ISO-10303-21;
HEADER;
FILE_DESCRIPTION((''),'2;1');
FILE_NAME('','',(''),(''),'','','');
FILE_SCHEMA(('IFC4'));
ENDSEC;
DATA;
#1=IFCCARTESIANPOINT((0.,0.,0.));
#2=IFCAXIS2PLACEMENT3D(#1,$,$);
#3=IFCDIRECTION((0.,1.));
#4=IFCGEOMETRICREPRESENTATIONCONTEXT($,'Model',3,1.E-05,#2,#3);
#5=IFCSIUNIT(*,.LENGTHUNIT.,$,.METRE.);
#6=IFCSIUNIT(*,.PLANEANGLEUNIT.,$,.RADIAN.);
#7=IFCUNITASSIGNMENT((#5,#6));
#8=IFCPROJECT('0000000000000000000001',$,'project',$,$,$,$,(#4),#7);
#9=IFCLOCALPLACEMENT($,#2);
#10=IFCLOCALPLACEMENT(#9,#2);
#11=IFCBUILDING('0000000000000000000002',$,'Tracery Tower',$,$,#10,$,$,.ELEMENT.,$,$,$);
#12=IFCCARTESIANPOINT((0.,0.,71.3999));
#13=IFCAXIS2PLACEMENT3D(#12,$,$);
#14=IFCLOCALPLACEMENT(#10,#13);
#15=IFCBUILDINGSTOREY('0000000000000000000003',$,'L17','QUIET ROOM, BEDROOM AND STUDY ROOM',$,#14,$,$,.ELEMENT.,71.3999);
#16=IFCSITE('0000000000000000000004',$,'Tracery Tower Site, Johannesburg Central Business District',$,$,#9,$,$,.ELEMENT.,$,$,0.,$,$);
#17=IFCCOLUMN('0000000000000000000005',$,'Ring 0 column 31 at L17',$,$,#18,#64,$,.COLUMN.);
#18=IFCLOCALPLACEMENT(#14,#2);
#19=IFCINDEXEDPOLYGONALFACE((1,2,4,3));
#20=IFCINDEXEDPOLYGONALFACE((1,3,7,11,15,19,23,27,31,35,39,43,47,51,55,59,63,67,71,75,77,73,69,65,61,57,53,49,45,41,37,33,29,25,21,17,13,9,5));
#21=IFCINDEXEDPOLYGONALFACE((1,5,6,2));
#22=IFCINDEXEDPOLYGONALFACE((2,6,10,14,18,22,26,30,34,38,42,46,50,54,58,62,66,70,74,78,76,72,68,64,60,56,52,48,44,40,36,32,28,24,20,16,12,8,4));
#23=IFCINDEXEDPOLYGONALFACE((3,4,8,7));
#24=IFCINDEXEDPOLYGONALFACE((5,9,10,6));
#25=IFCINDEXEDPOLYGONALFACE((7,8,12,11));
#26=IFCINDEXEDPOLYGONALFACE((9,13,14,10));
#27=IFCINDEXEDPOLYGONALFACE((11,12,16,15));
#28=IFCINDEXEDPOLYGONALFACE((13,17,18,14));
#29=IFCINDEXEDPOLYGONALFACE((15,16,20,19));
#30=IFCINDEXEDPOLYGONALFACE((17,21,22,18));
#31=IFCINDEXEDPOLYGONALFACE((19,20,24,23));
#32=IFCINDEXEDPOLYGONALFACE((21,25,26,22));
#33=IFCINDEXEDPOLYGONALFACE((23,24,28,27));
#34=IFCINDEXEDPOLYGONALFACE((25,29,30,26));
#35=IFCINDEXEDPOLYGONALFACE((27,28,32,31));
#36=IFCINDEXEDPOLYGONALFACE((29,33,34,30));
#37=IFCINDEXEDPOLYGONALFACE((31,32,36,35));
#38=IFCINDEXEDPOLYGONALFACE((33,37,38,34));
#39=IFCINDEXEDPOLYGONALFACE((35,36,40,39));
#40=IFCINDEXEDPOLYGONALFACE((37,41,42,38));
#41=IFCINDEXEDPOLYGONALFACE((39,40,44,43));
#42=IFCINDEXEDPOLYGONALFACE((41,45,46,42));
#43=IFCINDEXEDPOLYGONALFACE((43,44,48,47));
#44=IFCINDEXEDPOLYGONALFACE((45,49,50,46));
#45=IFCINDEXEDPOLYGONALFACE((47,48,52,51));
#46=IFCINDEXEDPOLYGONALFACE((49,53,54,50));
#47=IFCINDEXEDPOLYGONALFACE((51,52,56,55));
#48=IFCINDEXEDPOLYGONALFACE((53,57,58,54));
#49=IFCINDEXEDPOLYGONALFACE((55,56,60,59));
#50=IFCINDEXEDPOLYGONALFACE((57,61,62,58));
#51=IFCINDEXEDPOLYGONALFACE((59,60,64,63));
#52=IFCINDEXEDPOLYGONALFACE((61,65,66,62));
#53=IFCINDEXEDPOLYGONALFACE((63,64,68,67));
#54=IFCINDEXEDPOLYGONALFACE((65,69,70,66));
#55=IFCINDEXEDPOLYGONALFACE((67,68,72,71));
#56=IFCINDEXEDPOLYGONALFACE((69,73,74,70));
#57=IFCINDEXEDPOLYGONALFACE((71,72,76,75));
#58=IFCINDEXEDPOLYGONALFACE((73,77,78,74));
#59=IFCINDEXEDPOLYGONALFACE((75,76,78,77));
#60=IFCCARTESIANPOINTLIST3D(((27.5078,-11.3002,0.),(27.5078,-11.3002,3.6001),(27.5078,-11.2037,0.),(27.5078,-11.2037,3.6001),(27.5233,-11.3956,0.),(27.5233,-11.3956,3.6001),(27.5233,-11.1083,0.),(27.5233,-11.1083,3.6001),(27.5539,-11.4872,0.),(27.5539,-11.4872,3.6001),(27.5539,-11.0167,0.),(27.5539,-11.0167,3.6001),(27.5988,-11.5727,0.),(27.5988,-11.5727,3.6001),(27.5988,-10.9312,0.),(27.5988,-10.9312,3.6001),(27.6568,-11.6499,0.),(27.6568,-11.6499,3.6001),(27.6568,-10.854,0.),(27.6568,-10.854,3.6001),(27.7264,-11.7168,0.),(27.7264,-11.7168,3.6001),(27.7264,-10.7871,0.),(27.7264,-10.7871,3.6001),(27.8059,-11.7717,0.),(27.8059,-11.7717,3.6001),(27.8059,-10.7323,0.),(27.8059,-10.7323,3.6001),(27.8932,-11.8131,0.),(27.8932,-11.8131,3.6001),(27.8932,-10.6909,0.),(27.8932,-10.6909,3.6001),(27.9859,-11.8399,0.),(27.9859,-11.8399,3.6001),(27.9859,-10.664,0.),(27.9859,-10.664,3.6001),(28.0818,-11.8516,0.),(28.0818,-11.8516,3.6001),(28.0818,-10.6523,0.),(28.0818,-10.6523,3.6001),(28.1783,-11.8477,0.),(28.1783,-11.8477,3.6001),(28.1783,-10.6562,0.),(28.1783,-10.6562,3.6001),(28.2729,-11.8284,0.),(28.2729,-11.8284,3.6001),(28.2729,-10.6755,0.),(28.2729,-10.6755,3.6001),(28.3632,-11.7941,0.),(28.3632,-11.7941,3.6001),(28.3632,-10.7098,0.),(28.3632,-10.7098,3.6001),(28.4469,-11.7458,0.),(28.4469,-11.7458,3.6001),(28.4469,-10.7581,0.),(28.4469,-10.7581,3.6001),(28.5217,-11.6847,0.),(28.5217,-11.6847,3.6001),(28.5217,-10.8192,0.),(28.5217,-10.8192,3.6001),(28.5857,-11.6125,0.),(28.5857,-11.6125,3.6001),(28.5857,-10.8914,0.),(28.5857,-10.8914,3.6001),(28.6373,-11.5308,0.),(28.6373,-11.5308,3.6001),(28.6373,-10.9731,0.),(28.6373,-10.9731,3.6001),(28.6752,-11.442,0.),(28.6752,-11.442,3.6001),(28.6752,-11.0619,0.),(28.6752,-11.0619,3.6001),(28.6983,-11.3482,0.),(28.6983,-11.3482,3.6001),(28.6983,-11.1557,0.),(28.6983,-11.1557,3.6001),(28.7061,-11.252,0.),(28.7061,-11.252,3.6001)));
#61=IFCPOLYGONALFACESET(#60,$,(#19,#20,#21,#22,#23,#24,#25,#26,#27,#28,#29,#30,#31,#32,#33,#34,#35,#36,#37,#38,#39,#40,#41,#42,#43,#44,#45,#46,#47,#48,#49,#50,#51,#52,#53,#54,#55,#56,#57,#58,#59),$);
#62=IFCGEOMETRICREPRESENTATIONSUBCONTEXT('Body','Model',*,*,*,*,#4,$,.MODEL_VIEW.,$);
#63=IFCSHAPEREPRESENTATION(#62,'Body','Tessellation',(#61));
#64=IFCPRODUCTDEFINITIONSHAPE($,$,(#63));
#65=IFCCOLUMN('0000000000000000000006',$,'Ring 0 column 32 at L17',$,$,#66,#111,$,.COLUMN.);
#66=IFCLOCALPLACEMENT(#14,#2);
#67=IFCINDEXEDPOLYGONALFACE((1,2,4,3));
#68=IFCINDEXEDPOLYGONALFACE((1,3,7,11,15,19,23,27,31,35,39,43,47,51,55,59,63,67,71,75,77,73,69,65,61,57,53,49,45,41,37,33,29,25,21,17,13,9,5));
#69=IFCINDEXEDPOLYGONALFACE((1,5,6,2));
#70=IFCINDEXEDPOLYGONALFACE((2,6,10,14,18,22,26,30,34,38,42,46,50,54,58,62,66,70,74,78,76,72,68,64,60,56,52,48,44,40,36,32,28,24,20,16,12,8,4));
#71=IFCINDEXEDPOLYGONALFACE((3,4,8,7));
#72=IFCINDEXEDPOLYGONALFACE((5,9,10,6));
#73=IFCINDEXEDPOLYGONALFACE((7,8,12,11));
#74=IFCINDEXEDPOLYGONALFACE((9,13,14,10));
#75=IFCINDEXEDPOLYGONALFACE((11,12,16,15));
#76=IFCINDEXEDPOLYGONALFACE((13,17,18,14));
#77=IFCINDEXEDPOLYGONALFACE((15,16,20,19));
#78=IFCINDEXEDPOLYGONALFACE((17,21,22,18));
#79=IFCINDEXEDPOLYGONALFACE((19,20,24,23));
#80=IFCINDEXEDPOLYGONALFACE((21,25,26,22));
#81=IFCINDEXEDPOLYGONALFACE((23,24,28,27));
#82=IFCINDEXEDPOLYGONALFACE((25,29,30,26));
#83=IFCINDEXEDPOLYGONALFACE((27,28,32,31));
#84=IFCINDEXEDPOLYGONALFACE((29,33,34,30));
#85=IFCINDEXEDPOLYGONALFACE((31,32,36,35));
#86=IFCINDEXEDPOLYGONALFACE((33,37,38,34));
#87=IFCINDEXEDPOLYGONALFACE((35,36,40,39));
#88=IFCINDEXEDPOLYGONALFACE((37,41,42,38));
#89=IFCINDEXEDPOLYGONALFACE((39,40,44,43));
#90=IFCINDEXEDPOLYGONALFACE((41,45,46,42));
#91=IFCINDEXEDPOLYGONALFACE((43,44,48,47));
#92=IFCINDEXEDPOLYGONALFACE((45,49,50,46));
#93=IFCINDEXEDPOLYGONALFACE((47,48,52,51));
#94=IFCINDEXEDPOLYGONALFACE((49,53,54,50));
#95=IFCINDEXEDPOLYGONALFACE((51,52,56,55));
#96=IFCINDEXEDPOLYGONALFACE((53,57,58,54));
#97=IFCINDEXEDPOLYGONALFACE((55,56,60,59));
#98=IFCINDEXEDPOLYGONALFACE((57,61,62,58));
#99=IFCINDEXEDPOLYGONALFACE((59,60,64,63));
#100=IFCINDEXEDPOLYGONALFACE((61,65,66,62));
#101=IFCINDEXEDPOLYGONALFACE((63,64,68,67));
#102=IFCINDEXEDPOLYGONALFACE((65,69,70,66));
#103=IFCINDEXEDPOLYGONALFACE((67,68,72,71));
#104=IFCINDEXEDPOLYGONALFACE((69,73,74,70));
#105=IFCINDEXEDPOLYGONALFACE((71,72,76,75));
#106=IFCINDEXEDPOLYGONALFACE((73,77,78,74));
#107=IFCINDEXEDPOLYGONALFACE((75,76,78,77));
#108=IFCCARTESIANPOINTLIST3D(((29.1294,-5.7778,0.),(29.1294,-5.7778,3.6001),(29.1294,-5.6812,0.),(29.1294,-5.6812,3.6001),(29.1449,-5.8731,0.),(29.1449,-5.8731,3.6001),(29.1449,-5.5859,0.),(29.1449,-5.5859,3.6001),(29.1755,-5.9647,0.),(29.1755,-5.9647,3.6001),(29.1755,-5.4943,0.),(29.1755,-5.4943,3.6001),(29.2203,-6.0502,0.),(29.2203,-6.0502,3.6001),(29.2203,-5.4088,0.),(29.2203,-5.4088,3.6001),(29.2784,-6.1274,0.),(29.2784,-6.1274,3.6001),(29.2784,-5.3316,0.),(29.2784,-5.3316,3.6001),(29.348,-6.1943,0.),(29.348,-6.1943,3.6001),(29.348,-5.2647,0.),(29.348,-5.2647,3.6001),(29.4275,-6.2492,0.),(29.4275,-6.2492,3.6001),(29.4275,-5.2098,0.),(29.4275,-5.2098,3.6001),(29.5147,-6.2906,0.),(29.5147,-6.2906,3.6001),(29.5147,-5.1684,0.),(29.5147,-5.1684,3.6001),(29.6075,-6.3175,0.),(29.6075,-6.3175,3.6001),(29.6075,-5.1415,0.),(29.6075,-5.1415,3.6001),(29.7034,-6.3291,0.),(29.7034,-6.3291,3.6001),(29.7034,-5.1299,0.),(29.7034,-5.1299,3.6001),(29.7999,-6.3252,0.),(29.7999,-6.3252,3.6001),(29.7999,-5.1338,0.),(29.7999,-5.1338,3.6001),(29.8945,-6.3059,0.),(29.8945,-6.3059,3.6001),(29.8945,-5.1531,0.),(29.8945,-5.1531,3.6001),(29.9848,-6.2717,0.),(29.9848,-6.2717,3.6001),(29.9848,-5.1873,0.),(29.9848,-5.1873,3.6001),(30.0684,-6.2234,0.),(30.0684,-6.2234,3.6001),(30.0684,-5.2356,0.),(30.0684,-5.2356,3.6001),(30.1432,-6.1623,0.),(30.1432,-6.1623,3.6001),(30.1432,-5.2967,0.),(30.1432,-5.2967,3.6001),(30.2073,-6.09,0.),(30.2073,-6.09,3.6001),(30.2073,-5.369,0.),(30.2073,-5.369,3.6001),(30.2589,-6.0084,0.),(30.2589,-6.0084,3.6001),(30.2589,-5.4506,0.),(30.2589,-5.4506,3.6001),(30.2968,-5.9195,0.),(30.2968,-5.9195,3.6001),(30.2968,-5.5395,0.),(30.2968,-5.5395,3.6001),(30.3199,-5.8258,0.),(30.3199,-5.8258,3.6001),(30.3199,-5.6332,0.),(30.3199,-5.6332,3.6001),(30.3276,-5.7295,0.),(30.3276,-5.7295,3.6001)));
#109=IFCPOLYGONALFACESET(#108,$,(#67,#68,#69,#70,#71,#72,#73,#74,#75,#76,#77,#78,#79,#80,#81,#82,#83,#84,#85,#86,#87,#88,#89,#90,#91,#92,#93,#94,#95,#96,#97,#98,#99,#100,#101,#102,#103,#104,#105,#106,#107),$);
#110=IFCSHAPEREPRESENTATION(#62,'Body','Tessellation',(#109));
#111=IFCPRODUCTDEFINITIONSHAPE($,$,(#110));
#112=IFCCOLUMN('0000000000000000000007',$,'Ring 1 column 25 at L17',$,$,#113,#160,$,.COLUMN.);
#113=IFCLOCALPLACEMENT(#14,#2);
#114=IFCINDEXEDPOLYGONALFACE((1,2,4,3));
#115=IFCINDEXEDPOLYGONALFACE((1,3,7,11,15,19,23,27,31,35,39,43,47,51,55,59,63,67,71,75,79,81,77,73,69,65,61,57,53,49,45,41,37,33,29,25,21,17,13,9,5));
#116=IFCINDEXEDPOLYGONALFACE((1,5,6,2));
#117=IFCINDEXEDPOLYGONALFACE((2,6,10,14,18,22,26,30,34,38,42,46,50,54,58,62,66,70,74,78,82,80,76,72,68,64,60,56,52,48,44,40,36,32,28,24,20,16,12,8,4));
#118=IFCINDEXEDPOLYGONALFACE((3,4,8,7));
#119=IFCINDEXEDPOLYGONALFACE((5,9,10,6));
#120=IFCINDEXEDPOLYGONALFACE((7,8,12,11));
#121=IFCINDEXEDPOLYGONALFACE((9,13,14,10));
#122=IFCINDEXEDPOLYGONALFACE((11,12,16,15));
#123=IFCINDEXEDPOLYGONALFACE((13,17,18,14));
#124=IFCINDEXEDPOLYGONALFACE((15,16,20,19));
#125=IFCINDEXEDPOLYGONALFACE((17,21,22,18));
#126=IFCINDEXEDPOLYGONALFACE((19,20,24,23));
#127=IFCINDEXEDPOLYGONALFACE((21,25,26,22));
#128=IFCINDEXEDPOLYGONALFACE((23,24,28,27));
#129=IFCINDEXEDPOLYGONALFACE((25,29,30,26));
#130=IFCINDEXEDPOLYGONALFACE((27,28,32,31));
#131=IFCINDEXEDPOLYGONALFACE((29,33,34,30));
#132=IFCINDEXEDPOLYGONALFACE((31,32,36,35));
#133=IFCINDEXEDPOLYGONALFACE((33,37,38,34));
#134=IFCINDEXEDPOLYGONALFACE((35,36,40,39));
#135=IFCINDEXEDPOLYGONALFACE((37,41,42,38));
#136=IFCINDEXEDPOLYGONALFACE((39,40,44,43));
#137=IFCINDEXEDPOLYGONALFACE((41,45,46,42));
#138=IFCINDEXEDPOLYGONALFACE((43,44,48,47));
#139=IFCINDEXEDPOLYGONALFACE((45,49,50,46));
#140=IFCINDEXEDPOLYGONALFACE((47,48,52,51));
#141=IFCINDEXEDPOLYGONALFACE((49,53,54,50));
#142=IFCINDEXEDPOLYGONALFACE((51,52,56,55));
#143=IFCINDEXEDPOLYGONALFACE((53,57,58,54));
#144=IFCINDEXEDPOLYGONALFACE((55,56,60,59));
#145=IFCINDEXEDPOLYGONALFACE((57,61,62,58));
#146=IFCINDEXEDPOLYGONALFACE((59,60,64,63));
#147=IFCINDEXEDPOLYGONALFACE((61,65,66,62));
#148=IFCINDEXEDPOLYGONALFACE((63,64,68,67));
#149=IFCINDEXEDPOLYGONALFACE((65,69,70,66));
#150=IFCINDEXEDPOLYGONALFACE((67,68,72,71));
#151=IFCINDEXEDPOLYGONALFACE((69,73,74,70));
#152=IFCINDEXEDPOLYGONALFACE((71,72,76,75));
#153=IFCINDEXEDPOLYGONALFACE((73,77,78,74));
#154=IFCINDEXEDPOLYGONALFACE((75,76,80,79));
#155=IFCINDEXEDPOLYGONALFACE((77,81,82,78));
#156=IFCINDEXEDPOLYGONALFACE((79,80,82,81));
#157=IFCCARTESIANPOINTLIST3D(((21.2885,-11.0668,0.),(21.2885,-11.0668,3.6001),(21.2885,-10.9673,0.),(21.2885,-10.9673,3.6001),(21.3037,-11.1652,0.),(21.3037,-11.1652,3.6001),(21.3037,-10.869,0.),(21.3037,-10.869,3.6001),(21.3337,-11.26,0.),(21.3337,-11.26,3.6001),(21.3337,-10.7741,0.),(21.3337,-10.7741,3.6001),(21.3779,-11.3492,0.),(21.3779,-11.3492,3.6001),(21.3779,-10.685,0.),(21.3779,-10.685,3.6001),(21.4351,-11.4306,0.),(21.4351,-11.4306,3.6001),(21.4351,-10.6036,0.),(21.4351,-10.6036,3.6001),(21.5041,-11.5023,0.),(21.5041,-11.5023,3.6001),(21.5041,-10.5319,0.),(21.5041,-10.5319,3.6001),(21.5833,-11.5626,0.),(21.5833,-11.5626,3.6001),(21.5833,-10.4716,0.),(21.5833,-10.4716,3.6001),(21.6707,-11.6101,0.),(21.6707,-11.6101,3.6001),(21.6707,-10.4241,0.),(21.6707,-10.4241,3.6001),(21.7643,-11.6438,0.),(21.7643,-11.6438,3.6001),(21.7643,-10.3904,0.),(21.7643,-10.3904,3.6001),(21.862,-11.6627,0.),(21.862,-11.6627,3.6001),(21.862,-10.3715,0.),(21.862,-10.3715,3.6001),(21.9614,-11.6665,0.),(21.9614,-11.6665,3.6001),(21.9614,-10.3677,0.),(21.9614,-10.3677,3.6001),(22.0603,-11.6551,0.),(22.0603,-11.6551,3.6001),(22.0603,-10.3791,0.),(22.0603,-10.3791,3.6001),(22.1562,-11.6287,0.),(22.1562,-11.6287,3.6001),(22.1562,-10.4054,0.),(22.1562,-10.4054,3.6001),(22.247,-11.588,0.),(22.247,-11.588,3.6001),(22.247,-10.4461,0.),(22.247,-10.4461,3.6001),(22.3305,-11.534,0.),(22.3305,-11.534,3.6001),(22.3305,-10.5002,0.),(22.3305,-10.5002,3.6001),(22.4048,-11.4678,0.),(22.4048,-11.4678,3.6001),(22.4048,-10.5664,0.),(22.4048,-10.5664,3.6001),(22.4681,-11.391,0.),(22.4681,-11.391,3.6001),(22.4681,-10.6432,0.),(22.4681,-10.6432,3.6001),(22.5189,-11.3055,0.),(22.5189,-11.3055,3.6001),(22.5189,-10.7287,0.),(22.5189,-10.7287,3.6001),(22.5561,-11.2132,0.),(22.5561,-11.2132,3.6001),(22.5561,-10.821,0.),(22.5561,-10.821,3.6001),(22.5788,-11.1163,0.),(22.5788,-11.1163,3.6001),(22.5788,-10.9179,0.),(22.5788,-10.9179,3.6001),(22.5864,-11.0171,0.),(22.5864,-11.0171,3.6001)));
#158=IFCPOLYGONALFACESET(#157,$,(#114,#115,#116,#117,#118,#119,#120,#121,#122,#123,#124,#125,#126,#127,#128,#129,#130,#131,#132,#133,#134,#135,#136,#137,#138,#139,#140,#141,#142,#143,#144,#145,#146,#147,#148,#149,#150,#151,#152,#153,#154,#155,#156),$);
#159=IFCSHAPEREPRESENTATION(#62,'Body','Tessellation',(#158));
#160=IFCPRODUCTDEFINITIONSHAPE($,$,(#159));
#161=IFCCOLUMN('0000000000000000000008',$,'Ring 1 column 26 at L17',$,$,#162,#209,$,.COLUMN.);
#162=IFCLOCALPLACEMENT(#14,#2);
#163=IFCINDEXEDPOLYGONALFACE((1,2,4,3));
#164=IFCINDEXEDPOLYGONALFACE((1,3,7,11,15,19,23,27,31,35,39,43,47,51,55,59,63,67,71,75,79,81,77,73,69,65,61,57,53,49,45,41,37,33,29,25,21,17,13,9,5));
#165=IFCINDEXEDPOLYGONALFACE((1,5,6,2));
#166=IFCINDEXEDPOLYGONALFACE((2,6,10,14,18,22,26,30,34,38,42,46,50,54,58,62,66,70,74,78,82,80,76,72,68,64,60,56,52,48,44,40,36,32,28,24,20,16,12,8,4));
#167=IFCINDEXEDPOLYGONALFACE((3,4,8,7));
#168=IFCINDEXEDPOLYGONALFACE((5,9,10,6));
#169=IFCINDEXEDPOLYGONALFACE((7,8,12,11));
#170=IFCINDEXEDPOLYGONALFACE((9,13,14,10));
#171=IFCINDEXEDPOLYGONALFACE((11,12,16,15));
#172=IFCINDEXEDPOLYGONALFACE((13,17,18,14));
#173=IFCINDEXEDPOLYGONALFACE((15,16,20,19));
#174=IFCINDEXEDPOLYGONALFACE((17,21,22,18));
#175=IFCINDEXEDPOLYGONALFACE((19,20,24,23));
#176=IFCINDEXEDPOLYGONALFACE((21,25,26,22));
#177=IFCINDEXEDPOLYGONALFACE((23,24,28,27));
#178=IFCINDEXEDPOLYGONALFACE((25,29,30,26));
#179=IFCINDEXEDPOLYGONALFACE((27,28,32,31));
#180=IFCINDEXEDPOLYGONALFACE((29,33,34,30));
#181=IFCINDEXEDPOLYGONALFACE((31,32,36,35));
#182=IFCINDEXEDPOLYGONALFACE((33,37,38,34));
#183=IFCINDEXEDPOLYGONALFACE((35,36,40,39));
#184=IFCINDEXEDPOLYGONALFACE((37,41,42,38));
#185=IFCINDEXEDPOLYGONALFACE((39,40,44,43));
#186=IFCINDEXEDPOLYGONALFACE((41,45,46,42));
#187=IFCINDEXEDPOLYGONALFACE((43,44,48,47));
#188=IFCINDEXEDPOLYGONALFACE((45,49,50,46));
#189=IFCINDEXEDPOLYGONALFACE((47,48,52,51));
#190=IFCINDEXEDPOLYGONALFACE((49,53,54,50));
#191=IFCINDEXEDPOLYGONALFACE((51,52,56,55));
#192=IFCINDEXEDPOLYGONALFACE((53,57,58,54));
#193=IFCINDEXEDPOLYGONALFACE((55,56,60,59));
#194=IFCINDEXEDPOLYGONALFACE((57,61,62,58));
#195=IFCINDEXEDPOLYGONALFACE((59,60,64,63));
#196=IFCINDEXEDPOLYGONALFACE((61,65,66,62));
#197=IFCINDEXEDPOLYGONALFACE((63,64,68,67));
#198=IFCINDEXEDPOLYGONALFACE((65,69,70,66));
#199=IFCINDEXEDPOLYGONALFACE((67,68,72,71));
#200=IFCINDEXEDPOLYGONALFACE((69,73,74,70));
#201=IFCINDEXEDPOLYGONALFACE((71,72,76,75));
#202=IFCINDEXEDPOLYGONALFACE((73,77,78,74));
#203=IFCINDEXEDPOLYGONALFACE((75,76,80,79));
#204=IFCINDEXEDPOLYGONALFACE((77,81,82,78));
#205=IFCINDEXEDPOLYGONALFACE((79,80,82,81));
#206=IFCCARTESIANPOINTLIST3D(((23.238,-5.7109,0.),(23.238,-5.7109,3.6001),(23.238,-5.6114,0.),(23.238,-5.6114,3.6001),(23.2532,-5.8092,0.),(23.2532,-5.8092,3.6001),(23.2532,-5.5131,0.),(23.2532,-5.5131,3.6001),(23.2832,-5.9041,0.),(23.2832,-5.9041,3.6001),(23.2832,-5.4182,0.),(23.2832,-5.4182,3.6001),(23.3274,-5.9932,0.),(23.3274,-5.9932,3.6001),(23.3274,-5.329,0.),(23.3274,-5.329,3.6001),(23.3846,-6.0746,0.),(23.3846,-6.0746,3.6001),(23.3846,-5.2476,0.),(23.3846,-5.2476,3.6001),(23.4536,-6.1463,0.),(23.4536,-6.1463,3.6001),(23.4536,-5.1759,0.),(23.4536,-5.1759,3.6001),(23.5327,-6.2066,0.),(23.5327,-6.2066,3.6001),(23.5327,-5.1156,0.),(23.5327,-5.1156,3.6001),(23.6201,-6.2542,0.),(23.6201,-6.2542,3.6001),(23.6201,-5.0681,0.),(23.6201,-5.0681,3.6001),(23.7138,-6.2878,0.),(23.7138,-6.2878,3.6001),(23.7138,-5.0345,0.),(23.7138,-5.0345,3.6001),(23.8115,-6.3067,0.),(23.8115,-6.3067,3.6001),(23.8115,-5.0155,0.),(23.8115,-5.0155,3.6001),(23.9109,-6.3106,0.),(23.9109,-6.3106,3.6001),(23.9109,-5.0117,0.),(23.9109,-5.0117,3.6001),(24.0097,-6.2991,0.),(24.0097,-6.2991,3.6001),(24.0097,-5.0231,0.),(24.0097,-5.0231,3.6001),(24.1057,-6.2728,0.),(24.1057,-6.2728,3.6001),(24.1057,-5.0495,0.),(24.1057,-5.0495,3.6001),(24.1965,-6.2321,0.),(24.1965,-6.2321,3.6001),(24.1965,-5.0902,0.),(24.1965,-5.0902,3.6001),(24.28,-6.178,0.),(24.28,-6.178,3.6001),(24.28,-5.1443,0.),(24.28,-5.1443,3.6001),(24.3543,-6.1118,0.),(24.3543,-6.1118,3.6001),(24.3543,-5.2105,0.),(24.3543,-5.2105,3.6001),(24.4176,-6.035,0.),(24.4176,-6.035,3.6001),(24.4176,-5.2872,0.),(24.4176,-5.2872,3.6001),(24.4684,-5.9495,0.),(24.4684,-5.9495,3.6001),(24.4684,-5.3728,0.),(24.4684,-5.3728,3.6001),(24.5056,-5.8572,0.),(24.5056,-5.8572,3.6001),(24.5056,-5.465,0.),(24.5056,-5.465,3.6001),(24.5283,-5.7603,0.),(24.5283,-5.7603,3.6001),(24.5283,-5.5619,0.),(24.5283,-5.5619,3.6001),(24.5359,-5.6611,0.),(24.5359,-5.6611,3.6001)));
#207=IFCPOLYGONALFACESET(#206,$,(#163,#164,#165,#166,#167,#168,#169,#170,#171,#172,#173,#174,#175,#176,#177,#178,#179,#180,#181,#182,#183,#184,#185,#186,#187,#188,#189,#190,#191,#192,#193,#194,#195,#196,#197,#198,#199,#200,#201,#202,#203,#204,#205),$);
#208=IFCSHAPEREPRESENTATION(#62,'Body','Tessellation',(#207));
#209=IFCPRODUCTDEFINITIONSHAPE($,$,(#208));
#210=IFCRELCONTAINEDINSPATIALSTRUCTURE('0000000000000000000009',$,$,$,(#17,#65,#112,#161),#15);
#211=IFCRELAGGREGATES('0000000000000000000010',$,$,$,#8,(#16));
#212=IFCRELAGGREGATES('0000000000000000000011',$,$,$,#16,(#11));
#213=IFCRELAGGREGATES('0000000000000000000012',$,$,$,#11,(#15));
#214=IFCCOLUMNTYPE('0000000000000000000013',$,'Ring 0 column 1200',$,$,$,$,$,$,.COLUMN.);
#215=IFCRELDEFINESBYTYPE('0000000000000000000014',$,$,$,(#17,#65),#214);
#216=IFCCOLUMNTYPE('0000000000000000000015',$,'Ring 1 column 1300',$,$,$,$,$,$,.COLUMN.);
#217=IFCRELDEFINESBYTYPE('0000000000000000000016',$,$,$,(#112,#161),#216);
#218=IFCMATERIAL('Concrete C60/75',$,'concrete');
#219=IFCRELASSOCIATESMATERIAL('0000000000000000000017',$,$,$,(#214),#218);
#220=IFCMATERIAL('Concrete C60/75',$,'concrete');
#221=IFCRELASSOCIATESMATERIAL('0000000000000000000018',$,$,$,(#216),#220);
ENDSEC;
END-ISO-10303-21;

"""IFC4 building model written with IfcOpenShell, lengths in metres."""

from ifc_helpers import new_model, si_unit, direction, frame, origin, origin_2d, place, context, subcontext, project, spatial, circle, extrude, material, material_profile, profile_set, type_object, element, save


model = new_model("IFC4")

# Units and contexts
model_context = context("Model", 3, precision=1e-05, world=origin(), true_north=direction((0.0, 1.0)))
body_context = subcontext(model_context, "Body", "Model", "MODEL_VIEW")
ifc_project = project(units=[si_unit("LENGTHUNIT", "METRE"), si_unit("PLANEANGLEUNIT", "RADIAN")], contexts=[model_context])

# Site, building, storey
site_placement = place(None, origin())
site = spatial("IfcSite", under=ifc_project, at=site_placement, Name="Tracery Tower Site, Johannesburg Central Business District", CompositionType="ELEMENT", RefElevation=0.0)
building_placement = place(site_placement, origin())
building = spatial("IfcBuilding", under=site, at=building_placement, Name="Tracery Tower", CompositionType="ELEMENT")
storey_placement = place(building_placement, frame((0.0, 0.0, 71.3999)))
storey = spatial("IfcBuildingStorey", under=building, at=storey_placement, Name="L17", Description="QUIET ROOM, BEDROOM AND STUDY ROOM", CompositionType="ELEMENT", Elevation=71.3999)

# Columns
ifc_material_1 = material(Name="Concrete C60/75", Category="concrete")
ifc_material_profile_1 = material_profile(ifc_material_1, circle(Radius=0.6001, at=origin_2d()), Name="RC D1200")
ifc_profile_set_1 = profile_set([ifc_material_profile_1], Name="Concrete C60/75")
column_type_1 = type_object("IfcColumnType", Name="Ring 0 column 1200", PredefinedType="COLUMN", material=ifc_profile_set_1)
for number, where, z_axis, x_axis, name in (
    (1, (28.106, -11.252, 0.0), (0.0, 0.0, 1.0), (1.0, 0.0, 0.0), "Ring 0 column 31 at L17"),
    (2, (29.7275, -5.7295, 0.0), (0.0, 0.0, 1.0), (1.0, 0.0, 0.0), "Ring 0 column 32 at L17"),
):
    element("IfcColumn", number, at=place(storey_placement, frame(where, z_axis=z_axis, x_axis=x_axis)), inside=storey, type_object=column_type_1, Name=name, PredefinedType="COLUMN", context=body_context, shape_type="SweptSolid", body=[
        extrude(circle(Radius=0.6001, at=origin_2d()), origin(), (0.0, 0.0, 1.0), 3.6001),
    ])
ifc_material_2 = material(Name="Concrete C60/75", Category="concrete")
ifc_material_profile_2 = material_profile(ifc_material_2, circle(Radius=0.6499, at=origin_2d()), Name="RC D1300")
ifc_profile_set_2 = profile_set([ifc_material_profile_2], Name="Concrete C60/75")
column_type_2 = type_object("IfcColumnType", Name="Ring 1 column 1300", PredefinedType="COLUMN", material=ifc_profile_set_2)
for number, where, z_axis, x_axis, name in (
    (3, (21.9365, -11.0171, 0.0), (0.0, 0.0, 1.0), (1.0, 0.0, 0.0), "Ring 1 column 25 at L17"),
    (4, (23.886, -5.6611, 0.0), (0.0, 0.0, 1.0), (1.0, 0.0, 0.0), "Ring 1 column 26 at L17"),
):
    element("IfcColumn", number, at=place(storey_placement, frame(where, z_axis=z_axis, x_axis=x_axis)), inside=storey, type_object=column_type_2, Name=name, PredefinedType="COLUMN", context=body_context, shape_type="SweptSolid", body=[
        extrude(circle(Radius=0.6499, at=origin_2d()), origin(), (0.0, 0.0, 1.0), 3.6001),
    ])

save(model, "model.ifc")
